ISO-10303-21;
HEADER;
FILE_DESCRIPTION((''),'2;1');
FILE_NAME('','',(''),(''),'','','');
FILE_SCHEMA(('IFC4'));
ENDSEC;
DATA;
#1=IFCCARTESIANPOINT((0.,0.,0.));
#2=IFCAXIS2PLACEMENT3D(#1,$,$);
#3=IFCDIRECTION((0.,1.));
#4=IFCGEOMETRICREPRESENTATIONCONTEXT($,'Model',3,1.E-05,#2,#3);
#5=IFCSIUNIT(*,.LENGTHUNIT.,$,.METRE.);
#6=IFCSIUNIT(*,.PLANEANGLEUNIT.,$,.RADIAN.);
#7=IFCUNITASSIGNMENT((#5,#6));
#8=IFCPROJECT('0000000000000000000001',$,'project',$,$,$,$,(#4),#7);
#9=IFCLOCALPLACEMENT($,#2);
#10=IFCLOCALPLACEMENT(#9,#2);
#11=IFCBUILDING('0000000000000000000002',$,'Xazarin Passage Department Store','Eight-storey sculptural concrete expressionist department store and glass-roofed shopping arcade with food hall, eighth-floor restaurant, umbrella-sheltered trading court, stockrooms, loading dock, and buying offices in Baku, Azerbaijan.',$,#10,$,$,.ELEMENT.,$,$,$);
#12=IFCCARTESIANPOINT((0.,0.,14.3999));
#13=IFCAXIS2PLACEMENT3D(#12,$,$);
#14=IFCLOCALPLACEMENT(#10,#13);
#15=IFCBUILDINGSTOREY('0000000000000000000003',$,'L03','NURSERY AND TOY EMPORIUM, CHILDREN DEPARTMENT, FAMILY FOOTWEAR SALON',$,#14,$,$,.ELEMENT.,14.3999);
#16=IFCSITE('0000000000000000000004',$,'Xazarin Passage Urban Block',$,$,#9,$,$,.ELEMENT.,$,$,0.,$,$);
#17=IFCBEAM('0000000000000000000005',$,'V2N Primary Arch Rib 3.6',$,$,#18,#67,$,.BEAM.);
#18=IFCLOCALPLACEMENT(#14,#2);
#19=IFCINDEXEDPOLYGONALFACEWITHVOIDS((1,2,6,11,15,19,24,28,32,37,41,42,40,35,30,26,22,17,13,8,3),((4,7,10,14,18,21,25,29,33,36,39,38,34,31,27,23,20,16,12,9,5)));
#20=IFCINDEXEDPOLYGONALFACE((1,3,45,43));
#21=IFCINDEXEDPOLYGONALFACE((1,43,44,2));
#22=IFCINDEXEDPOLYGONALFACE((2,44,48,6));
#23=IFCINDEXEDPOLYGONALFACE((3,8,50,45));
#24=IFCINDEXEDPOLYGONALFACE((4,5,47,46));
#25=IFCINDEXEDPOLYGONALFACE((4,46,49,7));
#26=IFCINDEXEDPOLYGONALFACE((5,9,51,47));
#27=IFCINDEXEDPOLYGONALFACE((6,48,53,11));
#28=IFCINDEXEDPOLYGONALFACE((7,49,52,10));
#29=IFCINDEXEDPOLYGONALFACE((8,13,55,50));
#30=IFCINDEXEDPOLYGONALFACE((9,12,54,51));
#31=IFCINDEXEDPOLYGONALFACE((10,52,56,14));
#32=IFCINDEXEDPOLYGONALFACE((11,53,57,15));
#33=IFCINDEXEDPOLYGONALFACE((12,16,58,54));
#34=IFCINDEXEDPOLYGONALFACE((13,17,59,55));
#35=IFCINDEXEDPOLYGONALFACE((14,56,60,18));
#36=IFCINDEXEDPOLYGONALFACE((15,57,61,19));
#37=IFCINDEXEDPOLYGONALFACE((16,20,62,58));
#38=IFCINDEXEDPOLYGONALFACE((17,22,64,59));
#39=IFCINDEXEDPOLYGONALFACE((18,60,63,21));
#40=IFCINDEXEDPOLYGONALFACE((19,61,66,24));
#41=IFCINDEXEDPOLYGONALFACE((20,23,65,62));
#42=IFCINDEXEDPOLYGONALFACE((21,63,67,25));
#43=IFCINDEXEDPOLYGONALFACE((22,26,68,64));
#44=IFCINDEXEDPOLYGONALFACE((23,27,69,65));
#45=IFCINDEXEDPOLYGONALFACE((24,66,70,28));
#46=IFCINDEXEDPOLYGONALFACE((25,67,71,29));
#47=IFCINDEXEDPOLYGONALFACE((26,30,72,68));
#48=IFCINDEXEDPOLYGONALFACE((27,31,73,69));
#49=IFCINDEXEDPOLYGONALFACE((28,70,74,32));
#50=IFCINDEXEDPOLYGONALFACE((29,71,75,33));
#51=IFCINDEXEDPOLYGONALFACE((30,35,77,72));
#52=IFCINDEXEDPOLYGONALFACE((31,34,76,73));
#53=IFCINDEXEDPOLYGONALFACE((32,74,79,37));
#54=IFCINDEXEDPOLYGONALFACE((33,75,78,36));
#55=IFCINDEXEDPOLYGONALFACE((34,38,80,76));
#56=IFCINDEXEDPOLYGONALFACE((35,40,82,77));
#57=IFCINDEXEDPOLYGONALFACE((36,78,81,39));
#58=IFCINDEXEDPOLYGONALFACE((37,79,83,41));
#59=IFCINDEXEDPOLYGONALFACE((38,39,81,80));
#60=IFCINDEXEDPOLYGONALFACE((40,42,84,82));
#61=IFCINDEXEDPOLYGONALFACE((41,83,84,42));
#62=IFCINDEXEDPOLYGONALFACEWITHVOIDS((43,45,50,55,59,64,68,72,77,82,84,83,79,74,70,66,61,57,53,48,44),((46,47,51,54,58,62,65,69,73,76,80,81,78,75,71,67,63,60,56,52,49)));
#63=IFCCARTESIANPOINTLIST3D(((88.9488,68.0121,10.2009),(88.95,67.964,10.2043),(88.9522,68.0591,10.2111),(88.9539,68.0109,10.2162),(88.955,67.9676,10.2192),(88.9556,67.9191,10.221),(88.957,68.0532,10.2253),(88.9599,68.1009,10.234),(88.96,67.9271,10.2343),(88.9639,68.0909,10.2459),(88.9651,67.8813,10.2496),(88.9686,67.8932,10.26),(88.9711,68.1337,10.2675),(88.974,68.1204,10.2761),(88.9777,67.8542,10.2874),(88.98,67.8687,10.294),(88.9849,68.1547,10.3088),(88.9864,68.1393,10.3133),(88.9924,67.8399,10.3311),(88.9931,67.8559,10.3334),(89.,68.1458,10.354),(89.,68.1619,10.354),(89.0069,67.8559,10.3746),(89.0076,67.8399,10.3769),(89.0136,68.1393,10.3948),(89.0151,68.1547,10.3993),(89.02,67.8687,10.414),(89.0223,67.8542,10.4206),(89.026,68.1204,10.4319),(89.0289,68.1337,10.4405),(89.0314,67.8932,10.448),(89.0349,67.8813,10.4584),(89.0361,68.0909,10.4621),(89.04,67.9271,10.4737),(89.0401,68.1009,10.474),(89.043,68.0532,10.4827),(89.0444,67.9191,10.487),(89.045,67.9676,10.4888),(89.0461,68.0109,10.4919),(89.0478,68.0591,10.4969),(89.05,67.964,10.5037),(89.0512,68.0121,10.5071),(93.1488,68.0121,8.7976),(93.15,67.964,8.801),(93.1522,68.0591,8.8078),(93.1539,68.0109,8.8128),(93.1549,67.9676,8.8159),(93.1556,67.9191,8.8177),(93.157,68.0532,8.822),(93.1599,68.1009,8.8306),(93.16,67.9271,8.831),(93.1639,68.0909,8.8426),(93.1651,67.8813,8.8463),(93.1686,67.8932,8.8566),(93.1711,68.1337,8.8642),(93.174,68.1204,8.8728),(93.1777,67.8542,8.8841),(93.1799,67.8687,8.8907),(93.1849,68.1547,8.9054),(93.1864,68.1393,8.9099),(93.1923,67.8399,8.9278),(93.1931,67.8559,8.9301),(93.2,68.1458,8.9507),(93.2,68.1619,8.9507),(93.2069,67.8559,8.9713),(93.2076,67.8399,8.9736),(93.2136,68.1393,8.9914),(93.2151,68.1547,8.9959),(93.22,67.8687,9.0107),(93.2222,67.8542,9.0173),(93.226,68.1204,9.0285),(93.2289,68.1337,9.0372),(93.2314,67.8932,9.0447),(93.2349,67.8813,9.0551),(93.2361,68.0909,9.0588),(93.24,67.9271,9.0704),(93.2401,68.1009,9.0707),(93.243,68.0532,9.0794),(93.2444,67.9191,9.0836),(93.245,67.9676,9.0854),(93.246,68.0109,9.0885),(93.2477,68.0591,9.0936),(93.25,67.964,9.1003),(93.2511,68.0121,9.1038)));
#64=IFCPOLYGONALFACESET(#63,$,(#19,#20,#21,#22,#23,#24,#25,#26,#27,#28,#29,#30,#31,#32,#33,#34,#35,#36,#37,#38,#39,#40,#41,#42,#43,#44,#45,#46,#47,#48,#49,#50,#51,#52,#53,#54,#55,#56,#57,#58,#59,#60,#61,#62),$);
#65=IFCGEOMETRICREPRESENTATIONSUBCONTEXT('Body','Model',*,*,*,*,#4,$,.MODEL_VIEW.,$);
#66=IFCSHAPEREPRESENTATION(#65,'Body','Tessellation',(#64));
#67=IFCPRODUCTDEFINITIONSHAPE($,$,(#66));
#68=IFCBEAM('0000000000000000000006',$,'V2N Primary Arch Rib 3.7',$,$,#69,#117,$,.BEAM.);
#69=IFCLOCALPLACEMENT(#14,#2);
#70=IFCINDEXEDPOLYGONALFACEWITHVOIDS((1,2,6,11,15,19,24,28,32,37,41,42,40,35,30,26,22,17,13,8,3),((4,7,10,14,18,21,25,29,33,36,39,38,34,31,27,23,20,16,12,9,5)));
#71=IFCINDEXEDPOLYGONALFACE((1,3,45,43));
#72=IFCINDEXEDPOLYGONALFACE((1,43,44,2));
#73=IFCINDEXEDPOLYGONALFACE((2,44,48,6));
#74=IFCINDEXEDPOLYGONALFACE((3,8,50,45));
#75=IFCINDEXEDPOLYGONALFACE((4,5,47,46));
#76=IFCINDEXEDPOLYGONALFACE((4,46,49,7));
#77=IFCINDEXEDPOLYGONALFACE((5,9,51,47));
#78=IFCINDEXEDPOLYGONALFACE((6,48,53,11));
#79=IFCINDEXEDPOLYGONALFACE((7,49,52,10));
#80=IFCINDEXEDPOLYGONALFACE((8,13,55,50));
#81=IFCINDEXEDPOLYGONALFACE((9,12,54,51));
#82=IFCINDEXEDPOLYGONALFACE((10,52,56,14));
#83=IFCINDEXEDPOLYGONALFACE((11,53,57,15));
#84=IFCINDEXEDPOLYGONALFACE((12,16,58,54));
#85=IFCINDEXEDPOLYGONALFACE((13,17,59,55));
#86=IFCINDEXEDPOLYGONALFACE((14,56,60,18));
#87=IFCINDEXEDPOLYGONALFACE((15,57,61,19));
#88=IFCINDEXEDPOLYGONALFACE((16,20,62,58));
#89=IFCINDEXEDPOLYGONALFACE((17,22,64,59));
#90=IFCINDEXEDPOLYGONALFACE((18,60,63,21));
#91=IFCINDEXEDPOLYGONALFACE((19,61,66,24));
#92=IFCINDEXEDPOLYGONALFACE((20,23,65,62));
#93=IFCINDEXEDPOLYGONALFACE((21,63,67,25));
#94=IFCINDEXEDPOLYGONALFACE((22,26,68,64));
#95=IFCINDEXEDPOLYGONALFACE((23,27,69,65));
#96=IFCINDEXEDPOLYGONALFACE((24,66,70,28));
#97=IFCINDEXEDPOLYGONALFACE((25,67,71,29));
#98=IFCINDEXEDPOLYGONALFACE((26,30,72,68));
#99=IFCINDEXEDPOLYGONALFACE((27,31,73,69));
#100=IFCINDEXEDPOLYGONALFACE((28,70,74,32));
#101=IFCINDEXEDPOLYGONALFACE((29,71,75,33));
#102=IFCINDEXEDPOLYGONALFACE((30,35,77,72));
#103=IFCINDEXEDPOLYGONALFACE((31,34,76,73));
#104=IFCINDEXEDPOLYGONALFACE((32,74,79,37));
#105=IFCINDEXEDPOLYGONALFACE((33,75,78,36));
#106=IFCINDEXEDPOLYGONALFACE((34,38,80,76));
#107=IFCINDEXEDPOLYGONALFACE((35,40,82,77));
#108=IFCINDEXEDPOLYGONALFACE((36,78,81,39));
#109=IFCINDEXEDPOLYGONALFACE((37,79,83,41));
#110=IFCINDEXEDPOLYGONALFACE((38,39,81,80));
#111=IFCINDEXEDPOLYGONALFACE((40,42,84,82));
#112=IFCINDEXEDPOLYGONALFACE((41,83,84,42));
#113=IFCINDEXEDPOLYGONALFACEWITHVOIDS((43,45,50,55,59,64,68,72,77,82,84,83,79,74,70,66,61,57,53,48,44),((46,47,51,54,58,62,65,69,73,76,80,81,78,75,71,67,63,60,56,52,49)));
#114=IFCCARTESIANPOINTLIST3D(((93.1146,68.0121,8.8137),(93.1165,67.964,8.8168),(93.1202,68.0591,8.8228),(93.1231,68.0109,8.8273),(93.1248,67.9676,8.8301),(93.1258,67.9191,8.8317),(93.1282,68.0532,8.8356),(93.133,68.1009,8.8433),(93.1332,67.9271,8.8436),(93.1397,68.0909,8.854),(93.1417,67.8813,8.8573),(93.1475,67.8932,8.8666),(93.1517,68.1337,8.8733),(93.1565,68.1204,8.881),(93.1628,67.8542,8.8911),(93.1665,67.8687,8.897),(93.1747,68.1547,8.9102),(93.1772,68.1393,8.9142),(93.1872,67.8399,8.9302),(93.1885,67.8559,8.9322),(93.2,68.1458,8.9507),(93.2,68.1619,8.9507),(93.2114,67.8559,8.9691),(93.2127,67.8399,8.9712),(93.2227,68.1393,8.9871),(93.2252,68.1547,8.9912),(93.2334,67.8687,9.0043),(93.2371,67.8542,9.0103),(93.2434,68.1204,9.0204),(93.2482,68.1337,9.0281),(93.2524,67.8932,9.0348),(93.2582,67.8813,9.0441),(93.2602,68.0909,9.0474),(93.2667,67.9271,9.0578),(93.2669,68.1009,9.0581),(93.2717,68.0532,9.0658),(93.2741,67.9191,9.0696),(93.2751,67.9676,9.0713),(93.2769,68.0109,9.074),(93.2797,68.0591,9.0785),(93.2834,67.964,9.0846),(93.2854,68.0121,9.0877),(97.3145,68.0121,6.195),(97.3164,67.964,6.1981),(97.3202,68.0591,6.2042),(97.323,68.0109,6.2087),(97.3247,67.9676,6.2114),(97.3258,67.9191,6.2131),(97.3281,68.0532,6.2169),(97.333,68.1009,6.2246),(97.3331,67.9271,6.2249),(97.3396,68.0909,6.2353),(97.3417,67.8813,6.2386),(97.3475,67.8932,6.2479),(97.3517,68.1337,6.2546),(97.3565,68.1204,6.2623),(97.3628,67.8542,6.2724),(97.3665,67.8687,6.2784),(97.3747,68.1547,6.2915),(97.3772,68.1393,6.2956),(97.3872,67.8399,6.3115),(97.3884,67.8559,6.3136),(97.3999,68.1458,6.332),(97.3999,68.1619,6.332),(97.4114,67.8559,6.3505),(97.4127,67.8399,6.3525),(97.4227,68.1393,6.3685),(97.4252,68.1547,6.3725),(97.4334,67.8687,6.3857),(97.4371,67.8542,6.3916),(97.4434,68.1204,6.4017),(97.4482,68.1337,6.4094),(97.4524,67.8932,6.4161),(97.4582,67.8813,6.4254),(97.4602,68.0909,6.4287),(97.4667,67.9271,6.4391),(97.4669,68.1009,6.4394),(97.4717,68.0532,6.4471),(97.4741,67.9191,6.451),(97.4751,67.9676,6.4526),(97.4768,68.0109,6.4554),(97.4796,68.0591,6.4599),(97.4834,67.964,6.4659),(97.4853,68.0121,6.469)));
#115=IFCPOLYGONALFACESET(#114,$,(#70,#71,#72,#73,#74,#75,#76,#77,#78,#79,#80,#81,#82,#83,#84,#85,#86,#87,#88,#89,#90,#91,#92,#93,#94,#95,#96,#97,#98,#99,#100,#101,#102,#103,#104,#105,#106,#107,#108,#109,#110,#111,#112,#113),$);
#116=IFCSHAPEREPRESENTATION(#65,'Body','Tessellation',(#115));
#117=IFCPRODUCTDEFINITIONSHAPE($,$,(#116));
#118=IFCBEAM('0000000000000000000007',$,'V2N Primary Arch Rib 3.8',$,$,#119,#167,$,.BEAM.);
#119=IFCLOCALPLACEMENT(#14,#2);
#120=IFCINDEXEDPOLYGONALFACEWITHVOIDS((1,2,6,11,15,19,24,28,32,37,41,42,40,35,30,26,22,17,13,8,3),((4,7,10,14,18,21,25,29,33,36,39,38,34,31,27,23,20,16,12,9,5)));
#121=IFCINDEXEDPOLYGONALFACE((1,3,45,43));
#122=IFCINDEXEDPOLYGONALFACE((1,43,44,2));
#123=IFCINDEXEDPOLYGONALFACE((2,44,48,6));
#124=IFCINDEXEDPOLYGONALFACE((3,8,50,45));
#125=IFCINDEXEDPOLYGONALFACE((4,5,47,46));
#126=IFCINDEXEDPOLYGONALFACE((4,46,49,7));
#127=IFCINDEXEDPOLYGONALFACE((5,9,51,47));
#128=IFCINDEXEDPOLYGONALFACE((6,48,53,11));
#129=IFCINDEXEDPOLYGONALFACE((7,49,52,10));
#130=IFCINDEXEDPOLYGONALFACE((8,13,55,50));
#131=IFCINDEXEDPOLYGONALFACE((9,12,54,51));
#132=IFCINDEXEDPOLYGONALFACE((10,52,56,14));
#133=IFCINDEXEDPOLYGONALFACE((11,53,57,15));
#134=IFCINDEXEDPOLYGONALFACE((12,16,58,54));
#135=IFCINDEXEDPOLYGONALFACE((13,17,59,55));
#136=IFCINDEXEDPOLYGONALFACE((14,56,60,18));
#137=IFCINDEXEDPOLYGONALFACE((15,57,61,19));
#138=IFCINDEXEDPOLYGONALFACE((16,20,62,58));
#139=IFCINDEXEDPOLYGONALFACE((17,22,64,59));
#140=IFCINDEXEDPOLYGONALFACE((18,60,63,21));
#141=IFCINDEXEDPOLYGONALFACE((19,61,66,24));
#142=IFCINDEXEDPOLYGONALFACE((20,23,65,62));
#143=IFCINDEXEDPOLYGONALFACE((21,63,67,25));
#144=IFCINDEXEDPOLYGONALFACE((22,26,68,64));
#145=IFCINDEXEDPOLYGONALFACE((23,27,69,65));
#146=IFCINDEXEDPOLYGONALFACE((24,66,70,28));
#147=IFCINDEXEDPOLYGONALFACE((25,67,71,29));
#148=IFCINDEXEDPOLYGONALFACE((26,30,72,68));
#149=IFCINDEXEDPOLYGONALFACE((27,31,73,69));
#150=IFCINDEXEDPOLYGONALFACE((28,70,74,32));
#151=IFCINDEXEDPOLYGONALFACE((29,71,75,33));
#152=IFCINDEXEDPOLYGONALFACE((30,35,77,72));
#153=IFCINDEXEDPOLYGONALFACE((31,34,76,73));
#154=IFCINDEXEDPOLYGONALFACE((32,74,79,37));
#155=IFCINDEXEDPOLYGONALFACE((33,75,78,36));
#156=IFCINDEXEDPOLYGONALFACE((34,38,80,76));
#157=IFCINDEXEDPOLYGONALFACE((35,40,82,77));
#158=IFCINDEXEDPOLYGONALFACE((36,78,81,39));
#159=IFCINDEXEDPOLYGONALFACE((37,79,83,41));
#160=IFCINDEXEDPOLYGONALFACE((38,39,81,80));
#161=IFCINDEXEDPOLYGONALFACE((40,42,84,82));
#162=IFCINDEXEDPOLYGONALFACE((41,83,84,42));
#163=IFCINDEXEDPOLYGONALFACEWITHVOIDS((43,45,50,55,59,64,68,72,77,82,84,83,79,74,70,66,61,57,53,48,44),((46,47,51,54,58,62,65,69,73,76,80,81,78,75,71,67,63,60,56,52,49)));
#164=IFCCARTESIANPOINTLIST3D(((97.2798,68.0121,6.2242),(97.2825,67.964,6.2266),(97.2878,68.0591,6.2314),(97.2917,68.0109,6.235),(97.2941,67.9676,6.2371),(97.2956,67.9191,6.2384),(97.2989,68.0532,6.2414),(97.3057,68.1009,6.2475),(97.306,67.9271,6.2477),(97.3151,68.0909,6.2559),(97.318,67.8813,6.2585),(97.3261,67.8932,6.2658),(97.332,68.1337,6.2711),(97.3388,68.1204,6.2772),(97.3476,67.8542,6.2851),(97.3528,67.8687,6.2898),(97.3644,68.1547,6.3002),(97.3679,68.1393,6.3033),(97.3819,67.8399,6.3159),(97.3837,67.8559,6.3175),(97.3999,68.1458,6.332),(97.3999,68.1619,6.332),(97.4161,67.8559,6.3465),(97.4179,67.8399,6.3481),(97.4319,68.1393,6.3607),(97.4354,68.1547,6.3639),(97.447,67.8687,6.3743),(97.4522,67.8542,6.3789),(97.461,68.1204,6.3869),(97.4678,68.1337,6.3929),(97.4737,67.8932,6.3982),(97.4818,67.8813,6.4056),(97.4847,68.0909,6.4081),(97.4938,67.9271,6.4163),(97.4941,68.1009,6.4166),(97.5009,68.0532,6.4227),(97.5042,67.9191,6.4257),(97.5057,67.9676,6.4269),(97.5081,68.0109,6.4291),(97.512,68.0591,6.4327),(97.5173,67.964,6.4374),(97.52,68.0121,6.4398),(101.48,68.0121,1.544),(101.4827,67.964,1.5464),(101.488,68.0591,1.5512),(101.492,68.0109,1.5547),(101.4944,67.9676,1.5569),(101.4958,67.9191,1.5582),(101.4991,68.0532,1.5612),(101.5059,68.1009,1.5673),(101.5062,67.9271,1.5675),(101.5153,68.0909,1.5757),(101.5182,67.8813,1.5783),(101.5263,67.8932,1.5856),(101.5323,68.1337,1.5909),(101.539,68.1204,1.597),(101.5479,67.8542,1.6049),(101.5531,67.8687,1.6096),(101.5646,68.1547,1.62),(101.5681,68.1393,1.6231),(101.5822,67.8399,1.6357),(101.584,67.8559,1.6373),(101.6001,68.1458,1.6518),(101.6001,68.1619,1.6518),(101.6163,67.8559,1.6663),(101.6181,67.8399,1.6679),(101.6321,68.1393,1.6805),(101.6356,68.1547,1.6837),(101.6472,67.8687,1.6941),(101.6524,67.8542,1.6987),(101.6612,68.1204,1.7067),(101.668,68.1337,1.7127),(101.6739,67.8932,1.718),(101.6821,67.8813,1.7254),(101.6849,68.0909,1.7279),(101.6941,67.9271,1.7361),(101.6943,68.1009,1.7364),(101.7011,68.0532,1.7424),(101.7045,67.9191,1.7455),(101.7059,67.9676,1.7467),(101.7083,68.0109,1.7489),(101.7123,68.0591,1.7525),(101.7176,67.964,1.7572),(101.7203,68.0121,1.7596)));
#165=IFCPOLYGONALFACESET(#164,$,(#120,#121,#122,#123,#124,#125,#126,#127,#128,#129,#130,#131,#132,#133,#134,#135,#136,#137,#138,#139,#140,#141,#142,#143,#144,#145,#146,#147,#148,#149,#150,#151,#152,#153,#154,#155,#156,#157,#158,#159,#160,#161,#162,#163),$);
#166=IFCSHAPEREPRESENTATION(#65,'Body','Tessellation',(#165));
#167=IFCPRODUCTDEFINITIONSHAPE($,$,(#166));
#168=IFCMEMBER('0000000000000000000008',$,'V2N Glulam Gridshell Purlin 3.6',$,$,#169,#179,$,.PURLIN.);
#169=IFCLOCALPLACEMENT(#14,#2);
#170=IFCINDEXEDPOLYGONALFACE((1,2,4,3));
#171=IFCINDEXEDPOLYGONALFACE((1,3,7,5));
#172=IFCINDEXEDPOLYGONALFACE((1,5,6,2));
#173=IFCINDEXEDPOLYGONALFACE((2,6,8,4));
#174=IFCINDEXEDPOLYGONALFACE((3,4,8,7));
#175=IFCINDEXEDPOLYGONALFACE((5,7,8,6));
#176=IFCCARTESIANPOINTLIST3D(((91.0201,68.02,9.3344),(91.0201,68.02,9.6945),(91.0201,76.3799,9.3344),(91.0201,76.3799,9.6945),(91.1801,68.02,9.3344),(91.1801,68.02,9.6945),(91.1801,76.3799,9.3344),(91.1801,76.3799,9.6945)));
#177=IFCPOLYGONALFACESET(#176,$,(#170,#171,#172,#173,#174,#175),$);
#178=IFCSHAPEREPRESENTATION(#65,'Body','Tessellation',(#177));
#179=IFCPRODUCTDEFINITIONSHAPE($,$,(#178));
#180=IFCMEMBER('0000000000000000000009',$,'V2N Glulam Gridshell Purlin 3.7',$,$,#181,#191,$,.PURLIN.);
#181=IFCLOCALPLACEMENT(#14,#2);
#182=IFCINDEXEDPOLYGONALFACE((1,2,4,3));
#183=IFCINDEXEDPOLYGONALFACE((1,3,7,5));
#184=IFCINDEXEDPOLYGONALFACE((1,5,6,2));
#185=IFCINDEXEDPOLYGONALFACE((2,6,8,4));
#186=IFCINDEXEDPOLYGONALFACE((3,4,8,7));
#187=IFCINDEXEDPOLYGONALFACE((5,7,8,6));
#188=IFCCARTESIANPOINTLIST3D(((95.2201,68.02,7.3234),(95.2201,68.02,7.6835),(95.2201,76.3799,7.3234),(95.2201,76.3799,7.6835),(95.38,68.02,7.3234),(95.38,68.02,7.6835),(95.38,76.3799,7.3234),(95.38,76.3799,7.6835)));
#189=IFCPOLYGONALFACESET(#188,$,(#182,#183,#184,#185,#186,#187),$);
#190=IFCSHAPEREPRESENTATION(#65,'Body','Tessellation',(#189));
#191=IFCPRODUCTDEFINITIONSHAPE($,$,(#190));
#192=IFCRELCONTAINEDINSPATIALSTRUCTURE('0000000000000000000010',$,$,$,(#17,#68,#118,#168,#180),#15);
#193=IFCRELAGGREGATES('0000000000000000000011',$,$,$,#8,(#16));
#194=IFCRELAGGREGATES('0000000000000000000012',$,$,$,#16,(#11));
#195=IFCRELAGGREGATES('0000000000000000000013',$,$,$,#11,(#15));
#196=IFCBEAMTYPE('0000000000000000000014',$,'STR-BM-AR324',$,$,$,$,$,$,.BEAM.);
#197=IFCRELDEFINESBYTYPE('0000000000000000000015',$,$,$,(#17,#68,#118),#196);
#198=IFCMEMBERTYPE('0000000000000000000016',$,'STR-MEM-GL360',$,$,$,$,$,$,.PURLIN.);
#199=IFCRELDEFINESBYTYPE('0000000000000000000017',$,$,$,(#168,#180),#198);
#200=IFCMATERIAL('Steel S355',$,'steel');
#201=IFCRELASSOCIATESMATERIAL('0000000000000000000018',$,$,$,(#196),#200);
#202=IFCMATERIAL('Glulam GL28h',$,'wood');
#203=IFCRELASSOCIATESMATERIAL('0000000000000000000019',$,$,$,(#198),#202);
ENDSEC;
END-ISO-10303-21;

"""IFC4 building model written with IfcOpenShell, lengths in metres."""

from ifc_helpers import new_model, si_unit, direction, frame, origin, origin_2d, place, context, subcontext, project, spatial, rectangle, hollow_circle, extrude, material, material_profile, profile_set, type_object, element, save


model = new_model("IFC4")

# Units and contexts
model_context = context("Model", 3, precision=1e-05, world=origin(), true_north=direction((0.0, 1.0)))
body_context = subcontext(model_context, "Body", "Model", "MODEL_VIEW")
ifc_project = project(units=[si_unit("LENGTHUNIT", "METRE"), si_unit("PLANEANGLEUNIT", "RADIAN")], contexts=[model_context])

# Site, building, storey
site_placement = place(None, origin())
site = spatial("IfcSite", under=ifc_project, at=site_placement, Name="Xazarin Passage Urban Block", CompositionType="ELEMENT", RefElevation=0.0)
building_placement = place(site_placement, origin())
building = spatial("IfcBuilding", under=site, at=building_placement, Name="Xazarin Passage Department Store", Description="Eight-storey sculptural concrete expressionist department store and glass-roofed shopping arcade with food hall, eighth-floor restaurant, umbrella-sheltered trading court, stockrooms, loading dock, and buying offices in Baku, Azerbaijan.", CompositionType="ELEMENT")
storey_placement = place(building_placement, frame((0.0, 0.0, 14.3999)))
storey = spatial("IfcBuildingStorey", under=building, at=storey_placement, Name="L03", Description="NURSERY AND TOY EMPORIUM, CHILDREN DEPARTMENT, FAMILY FOOTWEAR SALON", CompositionType="ELEMENT", Elevation=14.3999)

# Beams
ifc_material_1 = material(Name="Steel S355", Category="steel")
ifc_material_profile_1 = material_profile(ifc_material_1, hollow_circle(Radius=0.1619, WallThickness=0.0161, at=origin_2d()), Name="CHS 323.9x16")
ifc_profile_set_1 = profile_set([ifc_material_profile_1], Name="Steel S355")
beam_type = type_object("IfcBeamType", Name="STR-BM-AR324", PredefinedType="BEAM", material=ifc_profile_set_1)
beam_1_placement = place(storey_placement, frame((89.0, 68.0, 10.354), z_axis=(0.948457, 0.0, -0.316906), x_axis=(0.0, 1.0, 0.0)))
element("IfcBeam", 1, at=beam_1_placement, inside=storey, type_object=beam_type, Name="V2N Primary Arch Rib 3.6", PredefinedType="BEAM", context=body_context, shape_type="SweptSolid", body=[
    extrude(hollow_circle(Radius=0.1619, WallThickness=0.0161, at=origin_2d()), origin(), (0.0, 0.0, 1.0), 4.4282),
])
beam_2_placement = place(storey_placement, frame((93.2, 68.0, 8.9507), z_axis=(0.848571, 0.0, -0.529081), x_axis=(0.0, 1.0, 0.0)))
element("IfcBeam", 2, at=beam_2_placement, inside=storey, type_object=beam_type, Name="V2N Primary Arch Rib 3.7", PredefinedType="BEAM", context=body_context, shape_type="SweptSolid", body=[
    extrude(hollow_circle(Radius=0.1619, WallThickness=0.0161, at=origin_2d()), origin(), (0.0, 0.0, 1.0), 4.9495),
])
beam_3_placement = place(storey_placement, frame((97.3999, 68.0, 6.332), z_axis=(0.667913, 0.0, -0.744239), x_axis=(0.0, 1.0, 0.0)))
element("IfcBeam", 3, at=beam_3_placement, inside=storey, type_object=beam_type, Name="V2N Primary Arch Rib 3.8", PredefinedType="BEAM", context=body_context, shape_type="SweptSolid", body=[
    extrude(hollow_circle(Radius=0.1619, WallThickness=0.0161, at=origin_2d()), origin(), (0.0, 0.0, 1.0), 6.2886),
])

# Members
ifc_material_2 = material(Name="Glulam GL28h", Category="wood")
ifc_material_profile_2 = material_profile(ifc_material_2, rectangle(XDim=0.1599, YDim=0.3601, at=origin_2d()), Name="GL28h 160x360")
ifc_profile_set_2 = profile_set([ifc_material_profile_2], Name="Glulam GL28h")
member_type_1 = type_object("IfcMemberType", Name="STR-MEM-GL360", PredefinedType="PURLIN", material=ifc_profile_set_2)
for number, where, z_axis, x_axis, name in (
    (4, (91.1001, 68.02, 9.5144), (0.0, 1.0, 0.0), (-1.0, 0.0, 0.0), "V2N Glulam Gridshell Purlin 3.6"),
    (5, (95.3, 68.02, 7.5034), (0.0, 1.0, 0.0), (-1.0, 0.0, 0.0), "V2N Glulam Gridshell Purlin 3.7"),
):
    element("IfcMember", number, at=place(storey_placement, frame(where, z_axis=z_axis, x_axis=x_axis)), inside=storey, type_object=member_type_1, Name=name, PredefinedType="PURLIN", context=body_context, shape_type="SweptSolid", body=[
        extrude(rectangle(XDim=0.1599, YDim=0.3601, at=origin_2d()), origin(), (0.0, 0.0, 1.0), 8.3599),
    ])

save(model, "model.ifc")
